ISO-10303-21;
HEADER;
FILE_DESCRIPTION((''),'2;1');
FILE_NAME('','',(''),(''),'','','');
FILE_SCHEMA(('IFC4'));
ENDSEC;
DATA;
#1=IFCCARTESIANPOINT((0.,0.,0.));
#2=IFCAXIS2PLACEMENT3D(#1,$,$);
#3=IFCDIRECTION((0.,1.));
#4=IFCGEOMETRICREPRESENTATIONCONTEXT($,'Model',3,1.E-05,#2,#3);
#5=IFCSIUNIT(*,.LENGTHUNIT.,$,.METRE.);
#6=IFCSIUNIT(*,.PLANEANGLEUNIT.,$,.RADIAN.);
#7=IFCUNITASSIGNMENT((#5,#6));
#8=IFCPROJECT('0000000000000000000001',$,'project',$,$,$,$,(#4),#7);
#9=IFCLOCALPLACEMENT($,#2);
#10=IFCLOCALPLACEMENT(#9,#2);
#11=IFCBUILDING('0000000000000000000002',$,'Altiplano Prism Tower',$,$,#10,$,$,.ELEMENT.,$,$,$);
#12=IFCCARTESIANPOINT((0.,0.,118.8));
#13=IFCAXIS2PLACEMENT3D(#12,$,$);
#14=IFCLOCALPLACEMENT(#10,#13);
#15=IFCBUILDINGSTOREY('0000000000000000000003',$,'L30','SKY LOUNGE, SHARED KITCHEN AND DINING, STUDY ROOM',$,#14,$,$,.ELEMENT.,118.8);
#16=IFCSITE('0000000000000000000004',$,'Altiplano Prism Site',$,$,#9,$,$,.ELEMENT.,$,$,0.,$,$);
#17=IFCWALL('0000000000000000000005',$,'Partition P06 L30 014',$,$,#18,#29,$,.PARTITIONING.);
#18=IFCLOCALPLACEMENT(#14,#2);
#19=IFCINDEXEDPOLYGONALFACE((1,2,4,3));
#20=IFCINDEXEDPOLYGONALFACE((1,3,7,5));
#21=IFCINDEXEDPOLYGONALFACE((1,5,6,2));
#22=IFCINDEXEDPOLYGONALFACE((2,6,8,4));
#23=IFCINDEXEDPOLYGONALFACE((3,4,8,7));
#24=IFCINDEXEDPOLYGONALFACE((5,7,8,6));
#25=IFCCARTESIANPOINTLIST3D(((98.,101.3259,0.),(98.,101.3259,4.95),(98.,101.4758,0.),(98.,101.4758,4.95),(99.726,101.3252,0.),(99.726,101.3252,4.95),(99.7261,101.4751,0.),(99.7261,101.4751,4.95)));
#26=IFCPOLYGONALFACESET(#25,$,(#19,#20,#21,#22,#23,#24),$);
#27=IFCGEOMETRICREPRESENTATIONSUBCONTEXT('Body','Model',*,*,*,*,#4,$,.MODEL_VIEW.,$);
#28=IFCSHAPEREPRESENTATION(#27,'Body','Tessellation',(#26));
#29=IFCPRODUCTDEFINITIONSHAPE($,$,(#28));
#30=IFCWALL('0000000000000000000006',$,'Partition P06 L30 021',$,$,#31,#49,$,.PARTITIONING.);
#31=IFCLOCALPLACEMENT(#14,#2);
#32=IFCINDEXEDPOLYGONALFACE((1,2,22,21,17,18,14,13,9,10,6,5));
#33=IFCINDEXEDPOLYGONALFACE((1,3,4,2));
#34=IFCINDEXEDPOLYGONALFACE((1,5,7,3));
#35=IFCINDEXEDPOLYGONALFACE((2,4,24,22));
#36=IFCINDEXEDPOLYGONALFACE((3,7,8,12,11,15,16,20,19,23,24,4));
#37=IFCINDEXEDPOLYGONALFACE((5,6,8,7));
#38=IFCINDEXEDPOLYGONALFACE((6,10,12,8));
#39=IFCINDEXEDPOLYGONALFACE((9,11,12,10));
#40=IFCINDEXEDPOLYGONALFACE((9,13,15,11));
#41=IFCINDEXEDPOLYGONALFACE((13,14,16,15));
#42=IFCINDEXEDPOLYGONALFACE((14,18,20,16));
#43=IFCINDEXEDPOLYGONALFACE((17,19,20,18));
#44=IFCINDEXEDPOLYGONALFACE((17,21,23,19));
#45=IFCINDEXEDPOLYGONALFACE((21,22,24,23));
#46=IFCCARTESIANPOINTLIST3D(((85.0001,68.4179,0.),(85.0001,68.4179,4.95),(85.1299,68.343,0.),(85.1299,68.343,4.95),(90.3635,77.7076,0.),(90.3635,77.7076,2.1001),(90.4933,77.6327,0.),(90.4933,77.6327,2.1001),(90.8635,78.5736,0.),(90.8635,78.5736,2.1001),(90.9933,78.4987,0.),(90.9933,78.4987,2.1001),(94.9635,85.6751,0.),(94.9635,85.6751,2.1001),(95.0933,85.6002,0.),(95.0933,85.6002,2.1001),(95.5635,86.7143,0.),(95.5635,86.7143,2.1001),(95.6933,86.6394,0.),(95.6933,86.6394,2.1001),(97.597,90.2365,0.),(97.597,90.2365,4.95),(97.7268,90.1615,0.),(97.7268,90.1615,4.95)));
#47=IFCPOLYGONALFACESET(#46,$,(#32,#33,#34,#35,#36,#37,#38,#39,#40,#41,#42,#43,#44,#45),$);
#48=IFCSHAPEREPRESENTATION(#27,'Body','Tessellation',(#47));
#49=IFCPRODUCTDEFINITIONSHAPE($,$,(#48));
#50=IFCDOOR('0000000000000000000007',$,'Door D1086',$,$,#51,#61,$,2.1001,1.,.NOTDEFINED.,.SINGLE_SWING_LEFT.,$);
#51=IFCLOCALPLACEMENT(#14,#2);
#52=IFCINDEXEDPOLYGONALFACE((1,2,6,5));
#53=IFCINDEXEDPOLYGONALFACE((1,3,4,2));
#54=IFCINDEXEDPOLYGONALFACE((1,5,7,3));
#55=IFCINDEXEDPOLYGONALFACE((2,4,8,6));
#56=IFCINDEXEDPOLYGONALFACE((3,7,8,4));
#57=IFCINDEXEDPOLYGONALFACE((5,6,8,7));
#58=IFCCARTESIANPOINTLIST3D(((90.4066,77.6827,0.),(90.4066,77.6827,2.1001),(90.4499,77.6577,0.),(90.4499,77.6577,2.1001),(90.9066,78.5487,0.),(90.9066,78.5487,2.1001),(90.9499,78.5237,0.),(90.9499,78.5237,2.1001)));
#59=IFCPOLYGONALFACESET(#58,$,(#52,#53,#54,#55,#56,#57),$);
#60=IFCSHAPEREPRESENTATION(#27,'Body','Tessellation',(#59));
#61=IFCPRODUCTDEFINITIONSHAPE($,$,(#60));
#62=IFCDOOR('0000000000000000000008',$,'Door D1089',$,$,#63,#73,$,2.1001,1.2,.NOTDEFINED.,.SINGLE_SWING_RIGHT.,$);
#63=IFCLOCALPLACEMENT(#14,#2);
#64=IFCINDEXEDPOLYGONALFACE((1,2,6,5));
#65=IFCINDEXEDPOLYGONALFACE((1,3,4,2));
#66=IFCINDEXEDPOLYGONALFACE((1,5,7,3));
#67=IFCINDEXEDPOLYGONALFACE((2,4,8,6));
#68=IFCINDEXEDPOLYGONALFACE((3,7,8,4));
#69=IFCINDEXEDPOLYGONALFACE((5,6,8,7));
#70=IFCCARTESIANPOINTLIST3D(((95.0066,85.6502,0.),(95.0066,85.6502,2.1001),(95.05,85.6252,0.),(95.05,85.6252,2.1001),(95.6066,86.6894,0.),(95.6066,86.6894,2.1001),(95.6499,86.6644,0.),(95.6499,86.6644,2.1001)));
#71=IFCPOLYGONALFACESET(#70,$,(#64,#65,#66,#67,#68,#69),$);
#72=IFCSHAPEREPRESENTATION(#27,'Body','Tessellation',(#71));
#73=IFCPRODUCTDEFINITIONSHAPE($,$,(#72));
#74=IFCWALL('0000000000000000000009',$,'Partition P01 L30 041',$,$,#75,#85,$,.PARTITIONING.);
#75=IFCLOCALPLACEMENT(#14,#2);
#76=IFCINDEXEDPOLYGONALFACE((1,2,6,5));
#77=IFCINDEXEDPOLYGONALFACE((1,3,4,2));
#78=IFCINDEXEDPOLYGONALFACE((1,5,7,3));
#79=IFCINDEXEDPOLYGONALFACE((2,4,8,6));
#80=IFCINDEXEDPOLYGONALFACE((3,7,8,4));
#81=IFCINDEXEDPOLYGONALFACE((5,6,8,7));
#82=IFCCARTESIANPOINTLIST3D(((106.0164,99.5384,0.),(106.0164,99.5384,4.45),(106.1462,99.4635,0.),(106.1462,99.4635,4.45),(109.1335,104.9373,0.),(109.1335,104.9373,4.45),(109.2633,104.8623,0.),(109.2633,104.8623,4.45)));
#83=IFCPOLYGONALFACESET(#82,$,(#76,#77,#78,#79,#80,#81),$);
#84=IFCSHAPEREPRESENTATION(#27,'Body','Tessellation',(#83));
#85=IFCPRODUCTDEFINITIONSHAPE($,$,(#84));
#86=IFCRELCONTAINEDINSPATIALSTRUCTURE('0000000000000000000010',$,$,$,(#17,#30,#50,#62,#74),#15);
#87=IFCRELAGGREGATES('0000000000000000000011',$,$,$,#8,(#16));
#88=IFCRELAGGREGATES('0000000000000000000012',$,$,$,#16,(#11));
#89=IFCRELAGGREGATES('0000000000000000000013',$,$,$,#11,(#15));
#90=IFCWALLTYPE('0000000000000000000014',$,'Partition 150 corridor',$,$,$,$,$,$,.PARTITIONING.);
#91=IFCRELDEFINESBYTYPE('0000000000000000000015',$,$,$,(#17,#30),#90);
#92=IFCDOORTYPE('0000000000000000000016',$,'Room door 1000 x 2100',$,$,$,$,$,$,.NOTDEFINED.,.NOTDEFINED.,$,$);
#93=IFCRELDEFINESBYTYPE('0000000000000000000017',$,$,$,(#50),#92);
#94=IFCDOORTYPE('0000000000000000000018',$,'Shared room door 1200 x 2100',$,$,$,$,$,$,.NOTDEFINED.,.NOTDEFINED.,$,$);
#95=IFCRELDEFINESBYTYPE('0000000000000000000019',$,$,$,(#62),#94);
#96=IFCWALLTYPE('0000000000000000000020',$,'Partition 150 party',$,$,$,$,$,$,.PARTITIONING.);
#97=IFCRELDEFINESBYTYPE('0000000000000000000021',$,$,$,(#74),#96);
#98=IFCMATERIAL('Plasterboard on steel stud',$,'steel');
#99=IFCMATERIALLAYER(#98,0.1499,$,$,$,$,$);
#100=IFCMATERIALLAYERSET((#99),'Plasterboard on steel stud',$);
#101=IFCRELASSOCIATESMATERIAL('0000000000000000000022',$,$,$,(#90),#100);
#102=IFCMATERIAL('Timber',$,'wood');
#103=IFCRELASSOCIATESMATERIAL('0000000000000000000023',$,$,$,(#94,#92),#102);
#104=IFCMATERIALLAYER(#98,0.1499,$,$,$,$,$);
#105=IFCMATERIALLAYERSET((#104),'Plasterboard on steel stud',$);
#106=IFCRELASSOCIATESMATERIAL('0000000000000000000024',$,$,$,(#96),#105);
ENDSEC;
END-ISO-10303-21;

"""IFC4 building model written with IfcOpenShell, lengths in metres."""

from ifc_helpers import new_model, si_unit, direction, frame, frame_2d, origin, place, context, subcontext, project, spatial, rectangle, extrude, material, layer, layer_set, type_object, element, fill, save


model = new_model("IFC4")

# Units and contexts
model_context = context("Model", 3, precision=1e-05, world=origin(), true_north=direction((0.0, 1.0)))
body_context = subcontext(model_context, "Body", "Model", "MODEL_VIEW")
ifc_project = project(units=[si_unit("LENGTHUNIT", "METRE"), si_unit("PLANEANGLEUNIT", "RADIAN")], contexts=[model_context])

# Site, building, storey
site_placement = place(None, origin())
site = spatial("IfcSite", under=ifc_project, at=site_placement, Name="Altiplano Prism Site", CompositionType="ELEMENT", RefElevation=0.0)
building_placement = place(site_placement, origin())
building = spatial("IfcBuilding", under=site, at=building_placement, Name="Altiplano Prism Tower", CompositionType="ELEMENT")
storey_placement = place(building_placement, frame((0.0, 0.0, 118.8)))
storey = spatial("IfcBuildingStorey", under=building, at=storey_placement, Name="L30", Description="SKY LOUNGE, SHARED KITCHEN AND DINING, STUDY ROOM", CompositionType="ELEMENT", Elevation=118.8)

# Shared definitions
ifc_material_1 = material(Name="Plasterboard on steel stud", Category="steel")
ifc_layer_1 = layer(ifc_material_1, 0.1499)
ifc_layer_set_1 = layer_set([ifc_layer_1], Name="Plasterboard on steel stud")
wall_type_1 = type_object("IfcWallType", Name="Partition 150 corridor", PredefinedType="PARTITIONING", material=ifc_layer_set_1)

# Shared definitions
ifc_material_2 = material(Name="Timber", Category="wood")
door_type_1 = type_object("IfcDoorType", Name="Shared room door 1200 x 2100", OperationType="NOTDEFINED", PredefinedType="NOTDEFINED", material=ifc_material_2)

# Wall
wall_1_placement = place(storey_placement, frame((99.7261, 101.4001, 0.0), z_axis=(0.0, 0.0, 1.0), x_axis=(-1.0, 0.000424, 0.0)))
element("IfcWall", 1, at=wall_1_placement, inside=storey, type_object=wall_type_1, Name="Partition P06 L30 014", PredefinedType="PARTITIONING", context=body_context, shape_type="SweptSolid", body=[
    extrude(rectangle(XDim=1.7261, YDim=0.1499, at=frame_2d((0.863, 0.0))), origin(), (0.0, 0.0, 1.0), 4.95),
])

# Wall, openings, doors
wall_2_placement = place(storey_placement, frame((97.6619, 90.199, 0.0), z_axis=(0.0, 0.0, 1.0), x_axis=(-0.499998, -0.866026, 0.0)))
wall_2 = element("IfcWall", 2, at=wall_2_placement, inside=storey, type_object=wall_type_1, Name="Partition P06 L30 021", PredefinedType="PARTITIONING", context=body_context, shape_type="SweptSolid", body=[
    extrude(rectangle(XDim=25.1938, YDim=0.1499, at=frame_2d((12.5969, 0.0))), origin(), (0.0, 0.0, 1.0), 4.95),
])
opening_1_placement = place(wall_2_placement, frame((13.467, 0.0, 0.0)))
opening_1 = element("IfcOpeningElement", 3, at=opening_1_placement, cuts=wall_2, PredefinedType="OPENING", context=body_context, shape_type="SweptSolid", body=[
    extrude(rectangle(XDim=1.0, YDim=2.1001, at=frame_2d((0.5, 1.05))), frame((0.0, 0.0854, 0.0), z_axis=(0.0, -1.0, 0.0), x_axis=(1.0, 0.0, 0.0)), (0.0, 0.0, 1.0), 0.1709),
])
opening_2_placement = place(wall_2_placement, frame((4.0669, 0.0, 0.0)))
opening_2 = element("IfcOpeningElement", 4, at=opening_2_placement, cuts=wall_2, PredefinedType="OPENING", context=body_context, shape_type="SweptSolid", body=[
    extrude(rectangle(XDim=1.2, YDim=2.1001, at=frame_2d((0.6001, 1.05))), frame((0.0, 0.0854, 0.0), z_axis=(0.0, -1.0, 0.0), x_axis=(1.0, 0.0, 0.0)), (0.0, 0.0, 1.0), 0.1709),
])
door_type_2 = type_object("IfcDoorType", Name="Room door 1000 x 2100", OperationType="NOTDEFINED", PredefinedType="NOTDEFINED", material=ifc_material_2)
door_1_placement = place(opening_1_placement, origin())
door_1 = element("IfcDoor", 5, at=door_1_placement, inside=storey, type_object=door_type_2, Name="Door D1086", OperationType="SINGLE_SWING_LEFT", OverallHeight=2.1001, OverallWidth=1.0, PredefinedType="NOTDEFINED", context=body_context, shape_type="SweptSolid", body=[
    extrude(rectangle(XDim=1.0, YDim=2.1001, at=frame_2d((0.5, 1.05))), frame((0.0, 0.0249, 0.0), z_axis=(0.0, -1.0, 0.0), x_axis=(1.0, 0.0, 0.0)), (0.0, 0.0, 1.0), 0.05),
])
fill(opening_1, door_1)
door_2_placement = place(opening_2_placement, origin())
door_2 = element("IfcDoor", 6, at=door_2_placement, inside=storey, type_object=door_type_1, Name="Door D1089", OperationType="SINGLE_SWING_RIGHT", OverallHeight=2.1001, OverallWidth=1.2, PredefinedType="NOTDEFINED", context=body_context, shape_type="SweptSolid", body=[
    extrude(rectangle(XDim=1.2, YDim=2.1001, at=frame_2d((0.6001, 1.05))), frame((0.0, 0.0249, 0.0), z_axis=(0.0, -1.0, 0.0), x_axis=(1.0, 0.0, 0.0)), (0.0, 0.0, 1.0), 0.05),
])
fill(opening_2, door_2)

# Wall
ifc_layer_2 = layer(ifc_material_1, 0.1499)
ifc_layer_set_2 = layer_set([ifc_layer_2], Name="Plasterboard on steel stud")
wall_type_2 = type_object("IfcWallType", Name="Partition 150 party", PredefinedType="PARTITIONING", material=ifc_layer_set_2)
wall_3_placement = place(storey_placement, frame((109.1985, 104.8999, 0.0), z_axis=(0.0, 0.0, 1.0), x_axis=(-0.500014, -0.866017, 0.0)))
element("IfcWall", 7, at=wall_3_placement, inside=storey, type_object=wall_type_2, Name="Partition P01 L30 041", PredefinedType="PARTITIONING", context=body_context, shape_type="SweptSolid", body=[
    extrude(rectangle(XDim=6.2341, YDim=0.1499, at=frame_2d((3.1172, 0.0))), origin(), (0.0, 0.0, 1.0), 4.45),
])

save(model, "model.ifc")
